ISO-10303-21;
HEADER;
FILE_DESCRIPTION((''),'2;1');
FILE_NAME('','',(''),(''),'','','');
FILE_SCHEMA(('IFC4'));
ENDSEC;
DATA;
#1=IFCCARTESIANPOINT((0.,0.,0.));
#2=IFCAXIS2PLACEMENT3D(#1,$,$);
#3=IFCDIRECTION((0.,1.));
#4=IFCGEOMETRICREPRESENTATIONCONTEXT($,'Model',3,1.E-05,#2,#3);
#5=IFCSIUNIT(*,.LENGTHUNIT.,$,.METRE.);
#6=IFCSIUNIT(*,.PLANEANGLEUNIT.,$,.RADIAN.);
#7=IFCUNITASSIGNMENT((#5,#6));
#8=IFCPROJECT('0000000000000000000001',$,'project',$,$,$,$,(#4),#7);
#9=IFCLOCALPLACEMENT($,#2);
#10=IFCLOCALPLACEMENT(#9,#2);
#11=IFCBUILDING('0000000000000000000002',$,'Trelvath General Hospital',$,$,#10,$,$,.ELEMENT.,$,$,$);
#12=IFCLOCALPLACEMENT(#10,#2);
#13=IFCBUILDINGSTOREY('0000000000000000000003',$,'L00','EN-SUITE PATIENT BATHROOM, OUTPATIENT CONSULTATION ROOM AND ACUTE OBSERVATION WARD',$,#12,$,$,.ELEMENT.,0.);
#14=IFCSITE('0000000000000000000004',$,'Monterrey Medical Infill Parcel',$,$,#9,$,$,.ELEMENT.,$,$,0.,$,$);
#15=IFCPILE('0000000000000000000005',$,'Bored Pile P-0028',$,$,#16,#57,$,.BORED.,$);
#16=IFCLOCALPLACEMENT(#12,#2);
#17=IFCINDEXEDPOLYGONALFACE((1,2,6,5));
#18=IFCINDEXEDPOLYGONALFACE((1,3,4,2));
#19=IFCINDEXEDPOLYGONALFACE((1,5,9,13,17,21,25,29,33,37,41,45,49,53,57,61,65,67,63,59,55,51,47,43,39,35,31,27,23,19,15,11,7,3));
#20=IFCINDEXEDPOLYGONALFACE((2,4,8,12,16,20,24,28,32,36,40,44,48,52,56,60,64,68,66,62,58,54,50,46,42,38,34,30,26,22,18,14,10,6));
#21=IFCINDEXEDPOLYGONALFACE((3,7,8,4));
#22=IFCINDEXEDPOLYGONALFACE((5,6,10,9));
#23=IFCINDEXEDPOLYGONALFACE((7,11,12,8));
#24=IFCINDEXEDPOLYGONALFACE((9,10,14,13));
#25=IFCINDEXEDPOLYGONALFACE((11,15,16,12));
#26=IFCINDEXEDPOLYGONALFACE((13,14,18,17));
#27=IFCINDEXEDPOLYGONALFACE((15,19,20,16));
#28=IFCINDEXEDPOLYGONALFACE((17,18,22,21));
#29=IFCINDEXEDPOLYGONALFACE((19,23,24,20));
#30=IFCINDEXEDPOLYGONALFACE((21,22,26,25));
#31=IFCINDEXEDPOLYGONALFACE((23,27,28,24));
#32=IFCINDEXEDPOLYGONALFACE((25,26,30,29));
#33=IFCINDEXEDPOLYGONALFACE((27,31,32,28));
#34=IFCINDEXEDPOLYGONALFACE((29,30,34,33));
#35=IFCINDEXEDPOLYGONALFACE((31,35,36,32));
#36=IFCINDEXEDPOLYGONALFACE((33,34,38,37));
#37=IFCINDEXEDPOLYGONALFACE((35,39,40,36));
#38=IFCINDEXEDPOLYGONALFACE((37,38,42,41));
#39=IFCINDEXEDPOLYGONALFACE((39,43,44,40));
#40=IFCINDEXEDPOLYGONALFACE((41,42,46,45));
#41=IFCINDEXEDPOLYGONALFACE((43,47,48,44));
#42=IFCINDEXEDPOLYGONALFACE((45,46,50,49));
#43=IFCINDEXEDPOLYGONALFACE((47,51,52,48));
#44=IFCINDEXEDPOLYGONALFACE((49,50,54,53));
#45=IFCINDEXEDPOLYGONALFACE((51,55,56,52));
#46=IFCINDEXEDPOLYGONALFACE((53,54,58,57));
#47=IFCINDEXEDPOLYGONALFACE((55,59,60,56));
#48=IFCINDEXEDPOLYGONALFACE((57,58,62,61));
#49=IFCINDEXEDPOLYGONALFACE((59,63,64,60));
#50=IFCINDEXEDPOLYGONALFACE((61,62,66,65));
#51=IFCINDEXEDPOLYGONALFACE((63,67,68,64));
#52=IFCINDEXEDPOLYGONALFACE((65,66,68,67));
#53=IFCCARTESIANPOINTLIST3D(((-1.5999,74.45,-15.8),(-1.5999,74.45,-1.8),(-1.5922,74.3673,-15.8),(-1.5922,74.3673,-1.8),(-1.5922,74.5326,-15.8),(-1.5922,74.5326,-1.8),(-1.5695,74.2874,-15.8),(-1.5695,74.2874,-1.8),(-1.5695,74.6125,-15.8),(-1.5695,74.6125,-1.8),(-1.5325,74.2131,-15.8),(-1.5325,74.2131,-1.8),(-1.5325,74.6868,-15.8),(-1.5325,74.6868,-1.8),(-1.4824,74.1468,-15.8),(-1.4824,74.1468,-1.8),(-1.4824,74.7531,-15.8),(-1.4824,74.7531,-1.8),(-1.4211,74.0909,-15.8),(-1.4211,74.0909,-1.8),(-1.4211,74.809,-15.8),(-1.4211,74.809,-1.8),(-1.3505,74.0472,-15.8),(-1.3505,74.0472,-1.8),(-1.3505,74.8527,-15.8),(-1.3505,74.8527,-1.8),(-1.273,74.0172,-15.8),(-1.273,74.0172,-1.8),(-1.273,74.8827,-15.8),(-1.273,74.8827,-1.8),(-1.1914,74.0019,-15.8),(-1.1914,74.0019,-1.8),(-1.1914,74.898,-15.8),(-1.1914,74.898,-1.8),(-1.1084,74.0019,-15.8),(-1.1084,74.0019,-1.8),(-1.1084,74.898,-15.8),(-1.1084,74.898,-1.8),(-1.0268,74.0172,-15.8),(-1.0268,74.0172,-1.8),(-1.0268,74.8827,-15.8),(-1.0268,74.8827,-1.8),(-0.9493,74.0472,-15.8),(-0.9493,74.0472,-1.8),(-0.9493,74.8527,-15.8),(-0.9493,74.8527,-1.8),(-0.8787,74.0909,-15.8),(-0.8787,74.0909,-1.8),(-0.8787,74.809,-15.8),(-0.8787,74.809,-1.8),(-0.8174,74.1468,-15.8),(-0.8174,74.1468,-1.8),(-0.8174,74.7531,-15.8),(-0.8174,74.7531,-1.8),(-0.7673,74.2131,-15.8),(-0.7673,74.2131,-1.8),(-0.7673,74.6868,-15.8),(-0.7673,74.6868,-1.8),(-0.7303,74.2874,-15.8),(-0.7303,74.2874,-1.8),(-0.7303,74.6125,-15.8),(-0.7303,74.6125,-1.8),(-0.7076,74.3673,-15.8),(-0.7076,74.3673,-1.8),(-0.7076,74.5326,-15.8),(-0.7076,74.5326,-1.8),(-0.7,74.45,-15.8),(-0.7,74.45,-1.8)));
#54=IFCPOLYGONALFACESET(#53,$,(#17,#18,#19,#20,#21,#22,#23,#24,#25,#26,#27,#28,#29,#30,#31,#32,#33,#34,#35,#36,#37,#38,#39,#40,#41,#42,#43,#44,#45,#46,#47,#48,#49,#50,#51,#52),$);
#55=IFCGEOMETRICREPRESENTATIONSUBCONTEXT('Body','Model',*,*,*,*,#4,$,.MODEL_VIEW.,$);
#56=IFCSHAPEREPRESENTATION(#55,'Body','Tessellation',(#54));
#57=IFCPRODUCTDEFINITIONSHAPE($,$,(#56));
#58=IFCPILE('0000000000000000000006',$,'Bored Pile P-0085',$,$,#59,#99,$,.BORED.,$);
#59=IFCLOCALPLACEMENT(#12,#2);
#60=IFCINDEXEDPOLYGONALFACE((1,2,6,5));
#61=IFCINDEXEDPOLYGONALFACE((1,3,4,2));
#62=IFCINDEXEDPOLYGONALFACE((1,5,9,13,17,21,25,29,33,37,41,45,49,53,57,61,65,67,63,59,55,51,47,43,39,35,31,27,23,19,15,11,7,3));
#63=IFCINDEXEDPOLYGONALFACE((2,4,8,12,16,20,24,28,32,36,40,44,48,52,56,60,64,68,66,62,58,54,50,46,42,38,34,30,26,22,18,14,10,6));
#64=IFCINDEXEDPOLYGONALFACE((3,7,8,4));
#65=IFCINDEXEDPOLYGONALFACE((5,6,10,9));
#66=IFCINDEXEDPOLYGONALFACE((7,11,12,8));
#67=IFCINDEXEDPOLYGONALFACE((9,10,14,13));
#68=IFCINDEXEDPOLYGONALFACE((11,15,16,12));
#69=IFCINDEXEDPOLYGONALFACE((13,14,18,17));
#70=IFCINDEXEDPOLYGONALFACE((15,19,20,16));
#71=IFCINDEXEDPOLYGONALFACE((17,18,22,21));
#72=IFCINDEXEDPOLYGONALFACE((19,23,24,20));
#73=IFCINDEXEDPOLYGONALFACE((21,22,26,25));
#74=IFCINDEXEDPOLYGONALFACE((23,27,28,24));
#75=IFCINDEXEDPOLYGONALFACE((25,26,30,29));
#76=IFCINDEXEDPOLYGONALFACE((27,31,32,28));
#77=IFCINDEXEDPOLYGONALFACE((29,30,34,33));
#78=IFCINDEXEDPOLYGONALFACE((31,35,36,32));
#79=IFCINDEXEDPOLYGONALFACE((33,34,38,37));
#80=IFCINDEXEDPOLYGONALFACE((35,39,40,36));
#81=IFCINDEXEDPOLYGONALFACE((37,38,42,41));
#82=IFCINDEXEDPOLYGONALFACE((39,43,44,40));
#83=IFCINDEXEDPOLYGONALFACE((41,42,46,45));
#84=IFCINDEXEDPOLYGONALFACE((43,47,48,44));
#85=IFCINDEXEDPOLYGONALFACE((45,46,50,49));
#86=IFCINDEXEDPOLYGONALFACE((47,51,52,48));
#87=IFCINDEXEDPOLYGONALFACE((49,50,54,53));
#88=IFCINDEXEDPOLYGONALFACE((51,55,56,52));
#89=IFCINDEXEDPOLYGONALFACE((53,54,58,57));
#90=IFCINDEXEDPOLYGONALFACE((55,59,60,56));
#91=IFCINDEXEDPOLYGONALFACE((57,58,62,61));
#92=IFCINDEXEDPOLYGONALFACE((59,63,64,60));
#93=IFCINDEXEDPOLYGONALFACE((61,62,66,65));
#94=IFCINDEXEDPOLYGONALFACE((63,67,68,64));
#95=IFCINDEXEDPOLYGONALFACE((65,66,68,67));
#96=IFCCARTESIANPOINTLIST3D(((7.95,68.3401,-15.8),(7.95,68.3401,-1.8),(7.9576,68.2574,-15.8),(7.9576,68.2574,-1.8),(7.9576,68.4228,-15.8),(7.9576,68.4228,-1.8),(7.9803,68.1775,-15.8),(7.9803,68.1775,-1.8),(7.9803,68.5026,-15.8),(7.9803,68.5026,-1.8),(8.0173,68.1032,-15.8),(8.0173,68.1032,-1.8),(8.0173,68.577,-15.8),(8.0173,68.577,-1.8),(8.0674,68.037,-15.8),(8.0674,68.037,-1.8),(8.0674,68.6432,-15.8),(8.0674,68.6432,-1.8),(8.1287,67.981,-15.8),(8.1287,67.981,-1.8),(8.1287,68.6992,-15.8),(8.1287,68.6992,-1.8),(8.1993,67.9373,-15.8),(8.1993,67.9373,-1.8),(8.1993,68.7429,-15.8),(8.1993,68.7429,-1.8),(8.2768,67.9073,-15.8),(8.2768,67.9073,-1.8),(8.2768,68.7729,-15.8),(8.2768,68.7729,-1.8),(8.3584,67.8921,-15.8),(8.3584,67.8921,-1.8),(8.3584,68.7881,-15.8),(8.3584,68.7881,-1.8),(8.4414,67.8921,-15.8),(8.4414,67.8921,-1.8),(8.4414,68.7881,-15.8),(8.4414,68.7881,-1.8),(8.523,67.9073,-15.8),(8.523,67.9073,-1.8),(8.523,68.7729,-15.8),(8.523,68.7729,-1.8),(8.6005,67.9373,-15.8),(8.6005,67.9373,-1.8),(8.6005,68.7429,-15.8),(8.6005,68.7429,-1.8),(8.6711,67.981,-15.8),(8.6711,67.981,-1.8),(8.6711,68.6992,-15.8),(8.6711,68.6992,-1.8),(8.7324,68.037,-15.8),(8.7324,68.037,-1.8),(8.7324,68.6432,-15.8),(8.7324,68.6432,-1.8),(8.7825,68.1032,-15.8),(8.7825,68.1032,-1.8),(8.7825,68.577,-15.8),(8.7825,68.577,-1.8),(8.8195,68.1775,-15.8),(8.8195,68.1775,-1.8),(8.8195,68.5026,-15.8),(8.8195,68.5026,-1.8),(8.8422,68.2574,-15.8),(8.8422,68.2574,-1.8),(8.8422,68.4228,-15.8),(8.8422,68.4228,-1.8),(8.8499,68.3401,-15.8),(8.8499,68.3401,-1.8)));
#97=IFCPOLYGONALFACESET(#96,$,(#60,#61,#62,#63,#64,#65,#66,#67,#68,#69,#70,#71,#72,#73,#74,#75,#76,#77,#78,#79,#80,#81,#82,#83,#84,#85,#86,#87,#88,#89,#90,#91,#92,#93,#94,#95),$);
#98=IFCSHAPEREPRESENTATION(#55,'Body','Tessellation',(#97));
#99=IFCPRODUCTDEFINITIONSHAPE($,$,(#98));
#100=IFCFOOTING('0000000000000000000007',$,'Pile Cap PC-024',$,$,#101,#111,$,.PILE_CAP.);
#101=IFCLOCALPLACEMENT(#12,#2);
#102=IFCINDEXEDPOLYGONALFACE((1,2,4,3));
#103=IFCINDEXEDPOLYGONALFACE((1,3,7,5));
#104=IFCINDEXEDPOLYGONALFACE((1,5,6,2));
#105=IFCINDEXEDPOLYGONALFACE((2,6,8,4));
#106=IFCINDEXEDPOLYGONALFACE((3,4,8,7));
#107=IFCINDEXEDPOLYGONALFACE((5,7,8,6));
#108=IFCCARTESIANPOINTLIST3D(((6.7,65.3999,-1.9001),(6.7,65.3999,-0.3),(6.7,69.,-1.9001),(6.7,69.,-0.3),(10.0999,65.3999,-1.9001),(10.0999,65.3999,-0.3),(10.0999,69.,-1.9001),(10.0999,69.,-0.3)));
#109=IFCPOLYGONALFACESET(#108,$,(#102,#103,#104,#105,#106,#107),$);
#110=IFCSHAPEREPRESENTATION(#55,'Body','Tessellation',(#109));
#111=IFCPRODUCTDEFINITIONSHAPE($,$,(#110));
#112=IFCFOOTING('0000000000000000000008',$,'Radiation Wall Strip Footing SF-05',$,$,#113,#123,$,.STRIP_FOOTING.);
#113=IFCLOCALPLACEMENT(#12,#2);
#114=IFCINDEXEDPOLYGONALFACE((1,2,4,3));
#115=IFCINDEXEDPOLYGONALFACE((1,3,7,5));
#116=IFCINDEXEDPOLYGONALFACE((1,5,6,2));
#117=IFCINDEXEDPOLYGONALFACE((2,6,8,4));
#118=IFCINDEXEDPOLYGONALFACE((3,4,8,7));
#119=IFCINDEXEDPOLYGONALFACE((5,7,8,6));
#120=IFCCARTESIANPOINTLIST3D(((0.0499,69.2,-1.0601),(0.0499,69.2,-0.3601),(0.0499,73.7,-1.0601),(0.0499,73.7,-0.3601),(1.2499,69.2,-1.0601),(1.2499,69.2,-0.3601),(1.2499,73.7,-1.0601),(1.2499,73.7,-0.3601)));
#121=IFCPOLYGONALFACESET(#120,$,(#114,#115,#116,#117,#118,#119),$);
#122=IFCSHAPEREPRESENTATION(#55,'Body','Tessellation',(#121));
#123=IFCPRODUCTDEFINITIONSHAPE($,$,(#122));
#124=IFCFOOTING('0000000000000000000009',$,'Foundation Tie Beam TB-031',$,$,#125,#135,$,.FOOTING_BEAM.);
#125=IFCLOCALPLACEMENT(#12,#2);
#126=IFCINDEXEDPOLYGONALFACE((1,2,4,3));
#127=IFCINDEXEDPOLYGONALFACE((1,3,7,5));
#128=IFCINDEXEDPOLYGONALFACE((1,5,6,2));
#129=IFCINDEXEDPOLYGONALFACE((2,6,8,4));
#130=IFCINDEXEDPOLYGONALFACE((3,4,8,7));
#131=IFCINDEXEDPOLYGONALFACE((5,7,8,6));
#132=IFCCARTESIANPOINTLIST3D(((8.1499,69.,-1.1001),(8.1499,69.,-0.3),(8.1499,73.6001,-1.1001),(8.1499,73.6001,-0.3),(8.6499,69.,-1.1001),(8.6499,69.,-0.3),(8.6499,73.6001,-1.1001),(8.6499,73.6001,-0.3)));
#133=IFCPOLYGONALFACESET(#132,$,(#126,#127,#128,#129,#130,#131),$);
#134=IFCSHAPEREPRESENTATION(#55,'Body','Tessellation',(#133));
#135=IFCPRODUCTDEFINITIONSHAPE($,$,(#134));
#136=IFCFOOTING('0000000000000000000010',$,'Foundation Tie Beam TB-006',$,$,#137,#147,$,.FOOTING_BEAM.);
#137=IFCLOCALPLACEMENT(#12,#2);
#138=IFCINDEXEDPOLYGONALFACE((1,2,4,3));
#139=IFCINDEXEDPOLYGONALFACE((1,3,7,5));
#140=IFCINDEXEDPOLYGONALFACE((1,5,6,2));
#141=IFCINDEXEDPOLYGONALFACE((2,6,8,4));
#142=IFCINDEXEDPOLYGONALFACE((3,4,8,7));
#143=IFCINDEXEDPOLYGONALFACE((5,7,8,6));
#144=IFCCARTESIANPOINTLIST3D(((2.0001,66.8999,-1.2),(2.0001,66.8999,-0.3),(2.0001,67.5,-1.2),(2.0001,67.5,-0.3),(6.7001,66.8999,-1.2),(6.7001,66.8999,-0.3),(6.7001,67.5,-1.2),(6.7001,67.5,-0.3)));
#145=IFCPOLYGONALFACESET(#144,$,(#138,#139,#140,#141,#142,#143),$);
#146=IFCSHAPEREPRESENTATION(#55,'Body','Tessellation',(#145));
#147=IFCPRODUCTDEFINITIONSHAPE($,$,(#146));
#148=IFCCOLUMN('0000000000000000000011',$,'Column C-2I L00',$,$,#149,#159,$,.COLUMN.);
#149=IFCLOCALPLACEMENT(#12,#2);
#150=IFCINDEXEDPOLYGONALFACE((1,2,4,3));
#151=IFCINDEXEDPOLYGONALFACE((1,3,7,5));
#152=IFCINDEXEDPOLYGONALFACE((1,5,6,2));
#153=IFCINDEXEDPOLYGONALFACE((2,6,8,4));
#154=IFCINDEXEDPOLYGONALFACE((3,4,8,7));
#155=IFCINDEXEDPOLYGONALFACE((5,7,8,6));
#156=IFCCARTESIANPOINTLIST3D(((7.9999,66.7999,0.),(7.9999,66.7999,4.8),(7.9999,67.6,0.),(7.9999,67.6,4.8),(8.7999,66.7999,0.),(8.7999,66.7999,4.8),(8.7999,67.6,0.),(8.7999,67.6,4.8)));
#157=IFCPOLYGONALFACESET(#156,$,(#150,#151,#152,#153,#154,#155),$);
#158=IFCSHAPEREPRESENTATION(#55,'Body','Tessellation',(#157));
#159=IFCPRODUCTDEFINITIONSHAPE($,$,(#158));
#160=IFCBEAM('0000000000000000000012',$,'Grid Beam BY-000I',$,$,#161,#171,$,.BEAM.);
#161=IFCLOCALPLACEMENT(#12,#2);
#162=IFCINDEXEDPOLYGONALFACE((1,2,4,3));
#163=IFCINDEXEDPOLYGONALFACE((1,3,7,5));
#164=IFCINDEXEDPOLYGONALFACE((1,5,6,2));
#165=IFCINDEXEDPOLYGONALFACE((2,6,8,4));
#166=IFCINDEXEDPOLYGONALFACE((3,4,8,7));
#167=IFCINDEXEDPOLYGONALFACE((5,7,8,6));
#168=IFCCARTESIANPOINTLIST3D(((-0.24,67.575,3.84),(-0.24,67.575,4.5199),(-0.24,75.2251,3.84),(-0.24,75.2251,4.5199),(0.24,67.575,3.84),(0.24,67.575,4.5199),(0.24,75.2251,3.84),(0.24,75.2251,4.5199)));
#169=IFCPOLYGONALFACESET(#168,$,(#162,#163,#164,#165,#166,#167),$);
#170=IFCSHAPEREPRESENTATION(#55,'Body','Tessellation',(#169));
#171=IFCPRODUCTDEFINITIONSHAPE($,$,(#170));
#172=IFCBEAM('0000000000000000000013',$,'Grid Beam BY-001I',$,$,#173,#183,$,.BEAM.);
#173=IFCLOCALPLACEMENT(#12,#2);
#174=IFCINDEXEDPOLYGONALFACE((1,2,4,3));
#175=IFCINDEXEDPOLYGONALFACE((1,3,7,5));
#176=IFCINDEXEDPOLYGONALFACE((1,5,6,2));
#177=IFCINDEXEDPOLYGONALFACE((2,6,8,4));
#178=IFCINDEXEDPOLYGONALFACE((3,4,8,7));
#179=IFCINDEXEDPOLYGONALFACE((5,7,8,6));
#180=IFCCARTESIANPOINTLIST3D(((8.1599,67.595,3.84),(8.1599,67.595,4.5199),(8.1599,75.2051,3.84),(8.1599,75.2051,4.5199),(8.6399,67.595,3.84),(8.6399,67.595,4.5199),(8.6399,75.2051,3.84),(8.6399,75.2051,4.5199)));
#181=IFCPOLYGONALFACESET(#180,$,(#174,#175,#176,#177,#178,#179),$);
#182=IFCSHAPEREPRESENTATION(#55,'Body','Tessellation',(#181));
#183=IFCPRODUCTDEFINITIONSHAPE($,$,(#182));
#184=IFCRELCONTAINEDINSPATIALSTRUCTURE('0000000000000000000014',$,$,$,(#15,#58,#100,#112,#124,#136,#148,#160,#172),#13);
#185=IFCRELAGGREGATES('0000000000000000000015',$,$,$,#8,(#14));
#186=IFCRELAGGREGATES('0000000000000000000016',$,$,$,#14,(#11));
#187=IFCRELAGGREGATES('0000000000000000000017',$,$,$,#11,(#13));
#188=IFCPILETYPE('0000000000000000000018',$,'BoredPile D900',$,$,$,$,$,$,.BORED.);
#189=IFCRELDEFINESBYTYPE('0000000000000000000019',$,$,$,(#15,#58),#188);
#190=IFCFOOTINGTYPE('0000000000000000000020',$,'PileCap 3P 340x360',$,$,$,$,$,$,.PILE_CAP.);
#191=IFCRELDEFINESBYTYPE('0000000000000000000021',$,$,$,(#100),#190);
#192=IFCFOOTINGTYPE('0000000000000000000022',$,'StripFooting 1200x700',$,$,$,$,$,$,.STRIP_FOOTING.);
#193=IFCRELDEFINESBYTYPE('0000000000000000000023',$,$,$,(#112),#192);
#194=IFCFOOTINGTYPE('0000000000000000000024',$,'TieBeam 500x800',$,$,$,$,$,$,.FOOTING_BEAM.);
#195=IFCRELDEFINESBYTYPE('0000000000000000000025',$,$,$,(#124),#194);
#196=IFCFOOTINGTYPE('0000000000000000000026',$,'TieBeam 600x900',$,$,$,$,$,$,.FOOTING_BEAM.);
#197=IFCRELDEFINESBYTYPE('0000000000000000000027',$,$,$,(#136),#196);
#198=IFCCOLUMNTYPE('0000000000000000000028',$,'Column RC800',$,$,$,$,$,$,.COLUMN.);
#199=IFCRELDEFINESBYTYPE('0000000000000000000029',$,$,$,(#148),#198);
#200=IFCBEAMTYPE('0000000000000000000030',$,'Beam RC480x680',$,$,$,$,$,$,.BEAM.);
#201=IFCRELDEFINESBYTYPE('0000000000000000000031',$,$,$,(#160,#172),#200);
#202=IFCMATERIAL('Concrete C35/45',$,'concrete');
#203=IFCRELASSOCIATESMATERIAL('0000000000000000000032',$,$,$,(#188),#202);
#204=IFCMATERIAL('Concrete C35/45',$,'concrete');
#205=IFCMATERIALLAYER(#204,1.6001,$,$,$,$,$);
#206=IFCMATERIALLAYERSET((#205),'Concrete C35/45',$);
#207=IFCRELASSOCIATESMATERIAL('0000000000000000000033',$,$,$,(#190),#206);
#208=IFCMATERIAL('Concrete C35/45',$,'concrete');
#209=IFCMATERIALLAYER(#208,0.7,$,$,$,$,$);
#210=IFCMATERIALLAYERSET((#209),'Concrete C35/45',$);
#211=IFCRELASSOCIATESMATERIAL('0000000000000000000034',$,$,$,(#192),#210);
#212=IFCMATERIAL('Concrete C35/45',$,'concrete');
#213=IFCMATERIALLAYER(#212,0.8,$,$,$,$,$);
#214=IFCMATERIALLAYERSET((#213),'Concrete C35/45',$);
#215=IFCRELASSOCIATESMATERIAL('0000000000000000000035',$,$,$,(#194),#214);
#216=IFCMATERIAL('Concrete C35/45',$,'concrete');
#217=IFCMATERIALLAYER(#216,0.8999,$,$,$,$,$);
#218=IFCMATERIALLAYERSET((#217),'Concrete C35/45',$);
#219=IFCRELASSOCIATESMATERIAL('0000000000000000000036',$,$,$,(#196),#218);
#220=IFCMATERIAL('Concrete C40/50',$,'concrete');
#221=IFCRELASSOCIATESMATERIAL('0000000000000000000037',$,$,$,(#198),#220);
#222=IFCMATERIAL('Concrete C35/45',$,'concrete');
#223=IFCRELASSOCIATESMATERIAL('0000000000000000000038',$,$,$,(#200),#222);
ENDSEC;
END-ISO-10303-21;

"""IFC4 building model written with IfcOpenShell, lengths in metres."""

from ifc_helpers import new_model, si_unit, direction, frame, origin, origin_2d, place, context, subcontext, project, spatial, rectangle, circle, extrude, material, layer, layer_set, material_profile, profile_set, type_object, element, save


model = new_model("IFC4")

# Units and contexts
model_context = context("Model", 3, precision=1e-05, world=origin(), true_north=direction((0.0, 1.0)))
body_context = subcontext(model_context, "Body", "Model", "MODEL_VIEW")
ifc_project = project(units=[si_unit("LENGTHUNIT", "METRE"), si_unit("PLANEANGLEUNIT", "RADIAN")], contexts=[model_context])

# Site, building, storey
site_placement = place(None, origin())
site = spatial("IfcSite", under=ifc_project, at=site_placement, Name="Monterrey Medical Infill Parcel", CompositionType="ELEMENT", RefElevation=0.0)
building_placement = place(site_placement, origin())
building = spatial("IfcBuilding", under=site, at=building_placement, Name="Trelvath General Hospital", CompositionType="ELEMENT")
storey_placement = place(building_placement, origin())
storey = spatial("IfcBuildingStorey", under=building, at=storey_placement, Name="L00", Description="EN-SUITE PATIENT BATHROOM, OUTPATIENT CONSULTATION ROOM AND ACUTE OBSERVATION WARD", CompositionType="ELEMENT", Elevation=0.0)

# Piles
ifc_material_1 = material(Name="Concrete C35/45", Category="concrete")
ifc_material_profile_1 = material_profile(ifc_material_1, circle(Radius=0.45, at=origin_2d()), Name="PILE900")
ifc_profile_set_1 = profile_set([ifc_material_profile_1], Name="Concrete C35/45")
pile_type_1 = type_object("IfcPileType", Name="BoredPile D900", PredefinedType="BORED", material=ifc_profile_set_1)
for number, where, z_axis, x_axis, name in (
    (1, (-1.1499, 74.45, -1.8), (0.0, 0.0, -1.0), (1.0, 0.0, 0.0), "Bored Pile P-0028"),
    (2, (8.3999, 68.3401, -1.8), (0.0, 0.0, -1.0), (1.0, 0.0, 0.0), "Bored Pile P-0085"),
):
    element("IfcPile", number, at=place(storey_placement, frame(where, z_axis=z_axis, x_axis=x_axis)), inside=storey, type_object=pile_type_1, Name=name, PredefinedType="BORED", context=body_context, shape_type="SweptSolid", body=[
        extrude(circle(Radius=0.45, at=origin_2d()), origin(), (0.0, 0.0, 1.0), 14.0),
    ])

# Footings
ifc_material_2 = material(Name="Concrete C35/45", Category="concrete")
ifc_layer_1 = layer(ifc_material_2, 1.6001)
ifc_layer_set_1 = layer_set([ifc_layer_1], Name="Concrete C35/45")
footing_type_1 = type_object("IfcFootingType", Name="PileCap 3P 340x360", PredefinedType="PILE_CAP", material=ifc_layer_set_1)
footing_1_placement = place(storey_placement, frame((8.3999, 67.2, -1.9001), z_axis=(0.0, 0.0, 1.0), x_axis=(1.0, 0.0, 0.0)))
element("IfcFooting", 3, at=footing_1_placement, inside=storey, type_object=footing_type_1, Name="Pile Cap PC-024", PredefinedType="PILE_CAP", context=body_context, shape_type="SweptSolid", body=[
    extrude(rectangle(XDim=3.3999, YDim=3.6001, at=origin_2d()), origin(), (0.0, 0.0, 1.0), 1.6001),
])
ifc_material_3 = material(Name="Concrete C35/45", Category="concrete")
ifc_layer_2 = layer(ifc_material_3, 0.7)
ifc_layer_set_2 = layer_set([ifc_layer_2], Name="Concrete C35/45")
footing_type_2 = type_object("IfcFootingType", Name="StripFooting 1200x700", PredefinedType="STRIP_FOOTING", material=ifc_layer_set_2)
footing_2_placement = place(storey_placement, frame((0.6499, 71.45, -1.0601), z_axis=(0.0, 0.0, 1.0), x_axis=(1.0, 0.0, 0.0)))
element("IfcFooting", 4, at=footing_2_placement, inside=storey, type_object=footing_type_2, Name="Radiation Wall Strip Footing SF-05", PredefinedType="STRIP_FOOTING", context=body_context, shape_type="SweptSolid", body=[
    extrude(rectangle(XDim=1.2, YDim=4.5, at=origin_2d()), origin(), (0.0, 0.0, 1.0), 0.7),
])
ifc_material_4 = material(Name="Concrete C35/45", Category="concrete")
ifc_layer_3 = layer(ifc_material_4, 0.8)
ifc_layer_set_3 = layer_set([ifc_layer_3], Name="Concrete C35/45")
footing_type_3 = type_object("IfcFootingType", Name="TieBeam 500x800", PredefinedType="FOOTING_BEAM", material=ifc_layer_set_3)
footing_3_placement = place(storey_placement, frame((8.3999, 71.3, -1.1001), z_axis=(0.0, 0.0, 1.0), x_axis=(1.0, 0.0, 0.0)))
element("IfcFooting", 5, at=footing_3_placement, inside=storey, type_object=footing_type_3, Name="Foundation Tie Beam TB-031", PredefinedType="FOOTING_BEAM", context=body_context, shape_type="SweptSolid", body=[
    extrude(rectangle(XDim=0.5, YDim=4.6001, at=origin_2d()), origin(), (0.0, 0.0, 1.0), 0.8),
])
ifc_material_5 = material(Name="Concrete C35/45", Category="concrete")
ifc_layer_4 = layer(ifc_material_5, 0.8999)
ifc_layer_set_4 = layer_set([ifc_layer_4], Name="Concrete C35/45")
footing_type_4 = type_object("IfcFootingType", Name="TieBeam 600x900", PredefinedType="FOOTING_BEAM", material=ifc_layer_set_4)
footing_4_placement = place(storey_placement, frame((4.3501, 67.2, -1.2), z_axis=(0.0, 0.0, 1.0), x_axis=(1.0, 0.0, 0.0)))
element("IfcFooting", 6, at=footing_4_placement, inside=storey, type_object=footing_type_4, Name="Foundation Tie Beam TB-006", PredefinedType="FOOTING_BEAM", context=body_context, shape_type="SweptSolid", body=[
    extrude(rectangle(XDim=4.7, YDim=0.6001, at=origin_2d()), origin(), (0.0, 0.0, 1.0), 0.8999),
])

# Column
ifc_material_6 = material(Name="Concrete C40/50", Category="concrete")
ifc_material_profile_2 = material_profile(ifc_material_6, rectangle(XDim=0.8, YDim=0.8, at=origin_2d()), Name="RC800x800")
ifc_profile_set_2 = profile_set([ifc_material_profile_2], Name="Concrete C40/50")
column_type = type_object("IfcColumnType", Name="Column RC800", PredefinedType="COLUMN", material=ifc_profile_set_2)
column_placement = place(storey_placement, frame((8.3999, 67.2, 0.0), z_axis=(0.0, 0.0, 1.0), x_axis=(1.0, 0.0, 0.0)))
element("IfcColumn", 7, at=column_placement, inside=storey, type_object=column_type, Name="Column C-2I L00", PredefinedType="COLUMN", context=body_context, shape_type="SweptSolid", body=[
    extrude(rectangle(XDim=0.8, YDim=0.8, at=origin_2d()), origin(), (0.0, 0.0, 1.0), 4.8),
])

# Beams
ifc_material_7 = material(Name="Concrete C35/45", Category="concrete")
ifc_material_profile_3 = material_profile(ifc_material_7, rectangle(XDim=0.48, YDim=0.6799, at=origin_2d()), Name="RCB480x680")
ifc_profile_set_3 = profile_set([ifc_material_profile_3], Name="Concrete C35/45")
beam_type_1 = type_object("IfcBeamType", Name="Beam RC480x680", PredefinedType="BEAM", material=ifc_profile_set_3)
beam_1_placement = place(storey_placement, frame((0.0, 67.575, 4.1799), z_axis=(0.0, 1.0, 0.0), x_axis=(-1.0, 0.0, 0.0)))
element("IfcBeam", 8, at=beam_1_placement, inside=storey, type_object=beam_type_1, Name="Grid Beam BY-000I", PredefinedType="BEAM", context=body_context, shape_type="SweptSolid", body=[
    extrude(rectangle(XDim=0.48, YDim=0.6799, at=origin_2d()), origin(), (0.0, 0.0, 1.0), 7.6501),
])
beam_2_placement = place(storey_placement, frame((8.3999, 67.595, 4.1799), z_axis=(0.0, 1.0, 0.0), x_axis=(-1.0, 0.0, 0.0)))
element("IfcBeam", 9, at=beam_2_placement, inside=storey, type_object=beam_type_1, Name="Grid Beam BY-001I", PredefinedType="BEAM", context=body_context, shape_type="SweptSolid", body=[
    extrude(rectangle(XDim=0.48, YDim=0.6799, at=origin_2d()), origin(), (0.0, 0.0, 1.0), 7.6101),
])

save(model, "model.ifc")
